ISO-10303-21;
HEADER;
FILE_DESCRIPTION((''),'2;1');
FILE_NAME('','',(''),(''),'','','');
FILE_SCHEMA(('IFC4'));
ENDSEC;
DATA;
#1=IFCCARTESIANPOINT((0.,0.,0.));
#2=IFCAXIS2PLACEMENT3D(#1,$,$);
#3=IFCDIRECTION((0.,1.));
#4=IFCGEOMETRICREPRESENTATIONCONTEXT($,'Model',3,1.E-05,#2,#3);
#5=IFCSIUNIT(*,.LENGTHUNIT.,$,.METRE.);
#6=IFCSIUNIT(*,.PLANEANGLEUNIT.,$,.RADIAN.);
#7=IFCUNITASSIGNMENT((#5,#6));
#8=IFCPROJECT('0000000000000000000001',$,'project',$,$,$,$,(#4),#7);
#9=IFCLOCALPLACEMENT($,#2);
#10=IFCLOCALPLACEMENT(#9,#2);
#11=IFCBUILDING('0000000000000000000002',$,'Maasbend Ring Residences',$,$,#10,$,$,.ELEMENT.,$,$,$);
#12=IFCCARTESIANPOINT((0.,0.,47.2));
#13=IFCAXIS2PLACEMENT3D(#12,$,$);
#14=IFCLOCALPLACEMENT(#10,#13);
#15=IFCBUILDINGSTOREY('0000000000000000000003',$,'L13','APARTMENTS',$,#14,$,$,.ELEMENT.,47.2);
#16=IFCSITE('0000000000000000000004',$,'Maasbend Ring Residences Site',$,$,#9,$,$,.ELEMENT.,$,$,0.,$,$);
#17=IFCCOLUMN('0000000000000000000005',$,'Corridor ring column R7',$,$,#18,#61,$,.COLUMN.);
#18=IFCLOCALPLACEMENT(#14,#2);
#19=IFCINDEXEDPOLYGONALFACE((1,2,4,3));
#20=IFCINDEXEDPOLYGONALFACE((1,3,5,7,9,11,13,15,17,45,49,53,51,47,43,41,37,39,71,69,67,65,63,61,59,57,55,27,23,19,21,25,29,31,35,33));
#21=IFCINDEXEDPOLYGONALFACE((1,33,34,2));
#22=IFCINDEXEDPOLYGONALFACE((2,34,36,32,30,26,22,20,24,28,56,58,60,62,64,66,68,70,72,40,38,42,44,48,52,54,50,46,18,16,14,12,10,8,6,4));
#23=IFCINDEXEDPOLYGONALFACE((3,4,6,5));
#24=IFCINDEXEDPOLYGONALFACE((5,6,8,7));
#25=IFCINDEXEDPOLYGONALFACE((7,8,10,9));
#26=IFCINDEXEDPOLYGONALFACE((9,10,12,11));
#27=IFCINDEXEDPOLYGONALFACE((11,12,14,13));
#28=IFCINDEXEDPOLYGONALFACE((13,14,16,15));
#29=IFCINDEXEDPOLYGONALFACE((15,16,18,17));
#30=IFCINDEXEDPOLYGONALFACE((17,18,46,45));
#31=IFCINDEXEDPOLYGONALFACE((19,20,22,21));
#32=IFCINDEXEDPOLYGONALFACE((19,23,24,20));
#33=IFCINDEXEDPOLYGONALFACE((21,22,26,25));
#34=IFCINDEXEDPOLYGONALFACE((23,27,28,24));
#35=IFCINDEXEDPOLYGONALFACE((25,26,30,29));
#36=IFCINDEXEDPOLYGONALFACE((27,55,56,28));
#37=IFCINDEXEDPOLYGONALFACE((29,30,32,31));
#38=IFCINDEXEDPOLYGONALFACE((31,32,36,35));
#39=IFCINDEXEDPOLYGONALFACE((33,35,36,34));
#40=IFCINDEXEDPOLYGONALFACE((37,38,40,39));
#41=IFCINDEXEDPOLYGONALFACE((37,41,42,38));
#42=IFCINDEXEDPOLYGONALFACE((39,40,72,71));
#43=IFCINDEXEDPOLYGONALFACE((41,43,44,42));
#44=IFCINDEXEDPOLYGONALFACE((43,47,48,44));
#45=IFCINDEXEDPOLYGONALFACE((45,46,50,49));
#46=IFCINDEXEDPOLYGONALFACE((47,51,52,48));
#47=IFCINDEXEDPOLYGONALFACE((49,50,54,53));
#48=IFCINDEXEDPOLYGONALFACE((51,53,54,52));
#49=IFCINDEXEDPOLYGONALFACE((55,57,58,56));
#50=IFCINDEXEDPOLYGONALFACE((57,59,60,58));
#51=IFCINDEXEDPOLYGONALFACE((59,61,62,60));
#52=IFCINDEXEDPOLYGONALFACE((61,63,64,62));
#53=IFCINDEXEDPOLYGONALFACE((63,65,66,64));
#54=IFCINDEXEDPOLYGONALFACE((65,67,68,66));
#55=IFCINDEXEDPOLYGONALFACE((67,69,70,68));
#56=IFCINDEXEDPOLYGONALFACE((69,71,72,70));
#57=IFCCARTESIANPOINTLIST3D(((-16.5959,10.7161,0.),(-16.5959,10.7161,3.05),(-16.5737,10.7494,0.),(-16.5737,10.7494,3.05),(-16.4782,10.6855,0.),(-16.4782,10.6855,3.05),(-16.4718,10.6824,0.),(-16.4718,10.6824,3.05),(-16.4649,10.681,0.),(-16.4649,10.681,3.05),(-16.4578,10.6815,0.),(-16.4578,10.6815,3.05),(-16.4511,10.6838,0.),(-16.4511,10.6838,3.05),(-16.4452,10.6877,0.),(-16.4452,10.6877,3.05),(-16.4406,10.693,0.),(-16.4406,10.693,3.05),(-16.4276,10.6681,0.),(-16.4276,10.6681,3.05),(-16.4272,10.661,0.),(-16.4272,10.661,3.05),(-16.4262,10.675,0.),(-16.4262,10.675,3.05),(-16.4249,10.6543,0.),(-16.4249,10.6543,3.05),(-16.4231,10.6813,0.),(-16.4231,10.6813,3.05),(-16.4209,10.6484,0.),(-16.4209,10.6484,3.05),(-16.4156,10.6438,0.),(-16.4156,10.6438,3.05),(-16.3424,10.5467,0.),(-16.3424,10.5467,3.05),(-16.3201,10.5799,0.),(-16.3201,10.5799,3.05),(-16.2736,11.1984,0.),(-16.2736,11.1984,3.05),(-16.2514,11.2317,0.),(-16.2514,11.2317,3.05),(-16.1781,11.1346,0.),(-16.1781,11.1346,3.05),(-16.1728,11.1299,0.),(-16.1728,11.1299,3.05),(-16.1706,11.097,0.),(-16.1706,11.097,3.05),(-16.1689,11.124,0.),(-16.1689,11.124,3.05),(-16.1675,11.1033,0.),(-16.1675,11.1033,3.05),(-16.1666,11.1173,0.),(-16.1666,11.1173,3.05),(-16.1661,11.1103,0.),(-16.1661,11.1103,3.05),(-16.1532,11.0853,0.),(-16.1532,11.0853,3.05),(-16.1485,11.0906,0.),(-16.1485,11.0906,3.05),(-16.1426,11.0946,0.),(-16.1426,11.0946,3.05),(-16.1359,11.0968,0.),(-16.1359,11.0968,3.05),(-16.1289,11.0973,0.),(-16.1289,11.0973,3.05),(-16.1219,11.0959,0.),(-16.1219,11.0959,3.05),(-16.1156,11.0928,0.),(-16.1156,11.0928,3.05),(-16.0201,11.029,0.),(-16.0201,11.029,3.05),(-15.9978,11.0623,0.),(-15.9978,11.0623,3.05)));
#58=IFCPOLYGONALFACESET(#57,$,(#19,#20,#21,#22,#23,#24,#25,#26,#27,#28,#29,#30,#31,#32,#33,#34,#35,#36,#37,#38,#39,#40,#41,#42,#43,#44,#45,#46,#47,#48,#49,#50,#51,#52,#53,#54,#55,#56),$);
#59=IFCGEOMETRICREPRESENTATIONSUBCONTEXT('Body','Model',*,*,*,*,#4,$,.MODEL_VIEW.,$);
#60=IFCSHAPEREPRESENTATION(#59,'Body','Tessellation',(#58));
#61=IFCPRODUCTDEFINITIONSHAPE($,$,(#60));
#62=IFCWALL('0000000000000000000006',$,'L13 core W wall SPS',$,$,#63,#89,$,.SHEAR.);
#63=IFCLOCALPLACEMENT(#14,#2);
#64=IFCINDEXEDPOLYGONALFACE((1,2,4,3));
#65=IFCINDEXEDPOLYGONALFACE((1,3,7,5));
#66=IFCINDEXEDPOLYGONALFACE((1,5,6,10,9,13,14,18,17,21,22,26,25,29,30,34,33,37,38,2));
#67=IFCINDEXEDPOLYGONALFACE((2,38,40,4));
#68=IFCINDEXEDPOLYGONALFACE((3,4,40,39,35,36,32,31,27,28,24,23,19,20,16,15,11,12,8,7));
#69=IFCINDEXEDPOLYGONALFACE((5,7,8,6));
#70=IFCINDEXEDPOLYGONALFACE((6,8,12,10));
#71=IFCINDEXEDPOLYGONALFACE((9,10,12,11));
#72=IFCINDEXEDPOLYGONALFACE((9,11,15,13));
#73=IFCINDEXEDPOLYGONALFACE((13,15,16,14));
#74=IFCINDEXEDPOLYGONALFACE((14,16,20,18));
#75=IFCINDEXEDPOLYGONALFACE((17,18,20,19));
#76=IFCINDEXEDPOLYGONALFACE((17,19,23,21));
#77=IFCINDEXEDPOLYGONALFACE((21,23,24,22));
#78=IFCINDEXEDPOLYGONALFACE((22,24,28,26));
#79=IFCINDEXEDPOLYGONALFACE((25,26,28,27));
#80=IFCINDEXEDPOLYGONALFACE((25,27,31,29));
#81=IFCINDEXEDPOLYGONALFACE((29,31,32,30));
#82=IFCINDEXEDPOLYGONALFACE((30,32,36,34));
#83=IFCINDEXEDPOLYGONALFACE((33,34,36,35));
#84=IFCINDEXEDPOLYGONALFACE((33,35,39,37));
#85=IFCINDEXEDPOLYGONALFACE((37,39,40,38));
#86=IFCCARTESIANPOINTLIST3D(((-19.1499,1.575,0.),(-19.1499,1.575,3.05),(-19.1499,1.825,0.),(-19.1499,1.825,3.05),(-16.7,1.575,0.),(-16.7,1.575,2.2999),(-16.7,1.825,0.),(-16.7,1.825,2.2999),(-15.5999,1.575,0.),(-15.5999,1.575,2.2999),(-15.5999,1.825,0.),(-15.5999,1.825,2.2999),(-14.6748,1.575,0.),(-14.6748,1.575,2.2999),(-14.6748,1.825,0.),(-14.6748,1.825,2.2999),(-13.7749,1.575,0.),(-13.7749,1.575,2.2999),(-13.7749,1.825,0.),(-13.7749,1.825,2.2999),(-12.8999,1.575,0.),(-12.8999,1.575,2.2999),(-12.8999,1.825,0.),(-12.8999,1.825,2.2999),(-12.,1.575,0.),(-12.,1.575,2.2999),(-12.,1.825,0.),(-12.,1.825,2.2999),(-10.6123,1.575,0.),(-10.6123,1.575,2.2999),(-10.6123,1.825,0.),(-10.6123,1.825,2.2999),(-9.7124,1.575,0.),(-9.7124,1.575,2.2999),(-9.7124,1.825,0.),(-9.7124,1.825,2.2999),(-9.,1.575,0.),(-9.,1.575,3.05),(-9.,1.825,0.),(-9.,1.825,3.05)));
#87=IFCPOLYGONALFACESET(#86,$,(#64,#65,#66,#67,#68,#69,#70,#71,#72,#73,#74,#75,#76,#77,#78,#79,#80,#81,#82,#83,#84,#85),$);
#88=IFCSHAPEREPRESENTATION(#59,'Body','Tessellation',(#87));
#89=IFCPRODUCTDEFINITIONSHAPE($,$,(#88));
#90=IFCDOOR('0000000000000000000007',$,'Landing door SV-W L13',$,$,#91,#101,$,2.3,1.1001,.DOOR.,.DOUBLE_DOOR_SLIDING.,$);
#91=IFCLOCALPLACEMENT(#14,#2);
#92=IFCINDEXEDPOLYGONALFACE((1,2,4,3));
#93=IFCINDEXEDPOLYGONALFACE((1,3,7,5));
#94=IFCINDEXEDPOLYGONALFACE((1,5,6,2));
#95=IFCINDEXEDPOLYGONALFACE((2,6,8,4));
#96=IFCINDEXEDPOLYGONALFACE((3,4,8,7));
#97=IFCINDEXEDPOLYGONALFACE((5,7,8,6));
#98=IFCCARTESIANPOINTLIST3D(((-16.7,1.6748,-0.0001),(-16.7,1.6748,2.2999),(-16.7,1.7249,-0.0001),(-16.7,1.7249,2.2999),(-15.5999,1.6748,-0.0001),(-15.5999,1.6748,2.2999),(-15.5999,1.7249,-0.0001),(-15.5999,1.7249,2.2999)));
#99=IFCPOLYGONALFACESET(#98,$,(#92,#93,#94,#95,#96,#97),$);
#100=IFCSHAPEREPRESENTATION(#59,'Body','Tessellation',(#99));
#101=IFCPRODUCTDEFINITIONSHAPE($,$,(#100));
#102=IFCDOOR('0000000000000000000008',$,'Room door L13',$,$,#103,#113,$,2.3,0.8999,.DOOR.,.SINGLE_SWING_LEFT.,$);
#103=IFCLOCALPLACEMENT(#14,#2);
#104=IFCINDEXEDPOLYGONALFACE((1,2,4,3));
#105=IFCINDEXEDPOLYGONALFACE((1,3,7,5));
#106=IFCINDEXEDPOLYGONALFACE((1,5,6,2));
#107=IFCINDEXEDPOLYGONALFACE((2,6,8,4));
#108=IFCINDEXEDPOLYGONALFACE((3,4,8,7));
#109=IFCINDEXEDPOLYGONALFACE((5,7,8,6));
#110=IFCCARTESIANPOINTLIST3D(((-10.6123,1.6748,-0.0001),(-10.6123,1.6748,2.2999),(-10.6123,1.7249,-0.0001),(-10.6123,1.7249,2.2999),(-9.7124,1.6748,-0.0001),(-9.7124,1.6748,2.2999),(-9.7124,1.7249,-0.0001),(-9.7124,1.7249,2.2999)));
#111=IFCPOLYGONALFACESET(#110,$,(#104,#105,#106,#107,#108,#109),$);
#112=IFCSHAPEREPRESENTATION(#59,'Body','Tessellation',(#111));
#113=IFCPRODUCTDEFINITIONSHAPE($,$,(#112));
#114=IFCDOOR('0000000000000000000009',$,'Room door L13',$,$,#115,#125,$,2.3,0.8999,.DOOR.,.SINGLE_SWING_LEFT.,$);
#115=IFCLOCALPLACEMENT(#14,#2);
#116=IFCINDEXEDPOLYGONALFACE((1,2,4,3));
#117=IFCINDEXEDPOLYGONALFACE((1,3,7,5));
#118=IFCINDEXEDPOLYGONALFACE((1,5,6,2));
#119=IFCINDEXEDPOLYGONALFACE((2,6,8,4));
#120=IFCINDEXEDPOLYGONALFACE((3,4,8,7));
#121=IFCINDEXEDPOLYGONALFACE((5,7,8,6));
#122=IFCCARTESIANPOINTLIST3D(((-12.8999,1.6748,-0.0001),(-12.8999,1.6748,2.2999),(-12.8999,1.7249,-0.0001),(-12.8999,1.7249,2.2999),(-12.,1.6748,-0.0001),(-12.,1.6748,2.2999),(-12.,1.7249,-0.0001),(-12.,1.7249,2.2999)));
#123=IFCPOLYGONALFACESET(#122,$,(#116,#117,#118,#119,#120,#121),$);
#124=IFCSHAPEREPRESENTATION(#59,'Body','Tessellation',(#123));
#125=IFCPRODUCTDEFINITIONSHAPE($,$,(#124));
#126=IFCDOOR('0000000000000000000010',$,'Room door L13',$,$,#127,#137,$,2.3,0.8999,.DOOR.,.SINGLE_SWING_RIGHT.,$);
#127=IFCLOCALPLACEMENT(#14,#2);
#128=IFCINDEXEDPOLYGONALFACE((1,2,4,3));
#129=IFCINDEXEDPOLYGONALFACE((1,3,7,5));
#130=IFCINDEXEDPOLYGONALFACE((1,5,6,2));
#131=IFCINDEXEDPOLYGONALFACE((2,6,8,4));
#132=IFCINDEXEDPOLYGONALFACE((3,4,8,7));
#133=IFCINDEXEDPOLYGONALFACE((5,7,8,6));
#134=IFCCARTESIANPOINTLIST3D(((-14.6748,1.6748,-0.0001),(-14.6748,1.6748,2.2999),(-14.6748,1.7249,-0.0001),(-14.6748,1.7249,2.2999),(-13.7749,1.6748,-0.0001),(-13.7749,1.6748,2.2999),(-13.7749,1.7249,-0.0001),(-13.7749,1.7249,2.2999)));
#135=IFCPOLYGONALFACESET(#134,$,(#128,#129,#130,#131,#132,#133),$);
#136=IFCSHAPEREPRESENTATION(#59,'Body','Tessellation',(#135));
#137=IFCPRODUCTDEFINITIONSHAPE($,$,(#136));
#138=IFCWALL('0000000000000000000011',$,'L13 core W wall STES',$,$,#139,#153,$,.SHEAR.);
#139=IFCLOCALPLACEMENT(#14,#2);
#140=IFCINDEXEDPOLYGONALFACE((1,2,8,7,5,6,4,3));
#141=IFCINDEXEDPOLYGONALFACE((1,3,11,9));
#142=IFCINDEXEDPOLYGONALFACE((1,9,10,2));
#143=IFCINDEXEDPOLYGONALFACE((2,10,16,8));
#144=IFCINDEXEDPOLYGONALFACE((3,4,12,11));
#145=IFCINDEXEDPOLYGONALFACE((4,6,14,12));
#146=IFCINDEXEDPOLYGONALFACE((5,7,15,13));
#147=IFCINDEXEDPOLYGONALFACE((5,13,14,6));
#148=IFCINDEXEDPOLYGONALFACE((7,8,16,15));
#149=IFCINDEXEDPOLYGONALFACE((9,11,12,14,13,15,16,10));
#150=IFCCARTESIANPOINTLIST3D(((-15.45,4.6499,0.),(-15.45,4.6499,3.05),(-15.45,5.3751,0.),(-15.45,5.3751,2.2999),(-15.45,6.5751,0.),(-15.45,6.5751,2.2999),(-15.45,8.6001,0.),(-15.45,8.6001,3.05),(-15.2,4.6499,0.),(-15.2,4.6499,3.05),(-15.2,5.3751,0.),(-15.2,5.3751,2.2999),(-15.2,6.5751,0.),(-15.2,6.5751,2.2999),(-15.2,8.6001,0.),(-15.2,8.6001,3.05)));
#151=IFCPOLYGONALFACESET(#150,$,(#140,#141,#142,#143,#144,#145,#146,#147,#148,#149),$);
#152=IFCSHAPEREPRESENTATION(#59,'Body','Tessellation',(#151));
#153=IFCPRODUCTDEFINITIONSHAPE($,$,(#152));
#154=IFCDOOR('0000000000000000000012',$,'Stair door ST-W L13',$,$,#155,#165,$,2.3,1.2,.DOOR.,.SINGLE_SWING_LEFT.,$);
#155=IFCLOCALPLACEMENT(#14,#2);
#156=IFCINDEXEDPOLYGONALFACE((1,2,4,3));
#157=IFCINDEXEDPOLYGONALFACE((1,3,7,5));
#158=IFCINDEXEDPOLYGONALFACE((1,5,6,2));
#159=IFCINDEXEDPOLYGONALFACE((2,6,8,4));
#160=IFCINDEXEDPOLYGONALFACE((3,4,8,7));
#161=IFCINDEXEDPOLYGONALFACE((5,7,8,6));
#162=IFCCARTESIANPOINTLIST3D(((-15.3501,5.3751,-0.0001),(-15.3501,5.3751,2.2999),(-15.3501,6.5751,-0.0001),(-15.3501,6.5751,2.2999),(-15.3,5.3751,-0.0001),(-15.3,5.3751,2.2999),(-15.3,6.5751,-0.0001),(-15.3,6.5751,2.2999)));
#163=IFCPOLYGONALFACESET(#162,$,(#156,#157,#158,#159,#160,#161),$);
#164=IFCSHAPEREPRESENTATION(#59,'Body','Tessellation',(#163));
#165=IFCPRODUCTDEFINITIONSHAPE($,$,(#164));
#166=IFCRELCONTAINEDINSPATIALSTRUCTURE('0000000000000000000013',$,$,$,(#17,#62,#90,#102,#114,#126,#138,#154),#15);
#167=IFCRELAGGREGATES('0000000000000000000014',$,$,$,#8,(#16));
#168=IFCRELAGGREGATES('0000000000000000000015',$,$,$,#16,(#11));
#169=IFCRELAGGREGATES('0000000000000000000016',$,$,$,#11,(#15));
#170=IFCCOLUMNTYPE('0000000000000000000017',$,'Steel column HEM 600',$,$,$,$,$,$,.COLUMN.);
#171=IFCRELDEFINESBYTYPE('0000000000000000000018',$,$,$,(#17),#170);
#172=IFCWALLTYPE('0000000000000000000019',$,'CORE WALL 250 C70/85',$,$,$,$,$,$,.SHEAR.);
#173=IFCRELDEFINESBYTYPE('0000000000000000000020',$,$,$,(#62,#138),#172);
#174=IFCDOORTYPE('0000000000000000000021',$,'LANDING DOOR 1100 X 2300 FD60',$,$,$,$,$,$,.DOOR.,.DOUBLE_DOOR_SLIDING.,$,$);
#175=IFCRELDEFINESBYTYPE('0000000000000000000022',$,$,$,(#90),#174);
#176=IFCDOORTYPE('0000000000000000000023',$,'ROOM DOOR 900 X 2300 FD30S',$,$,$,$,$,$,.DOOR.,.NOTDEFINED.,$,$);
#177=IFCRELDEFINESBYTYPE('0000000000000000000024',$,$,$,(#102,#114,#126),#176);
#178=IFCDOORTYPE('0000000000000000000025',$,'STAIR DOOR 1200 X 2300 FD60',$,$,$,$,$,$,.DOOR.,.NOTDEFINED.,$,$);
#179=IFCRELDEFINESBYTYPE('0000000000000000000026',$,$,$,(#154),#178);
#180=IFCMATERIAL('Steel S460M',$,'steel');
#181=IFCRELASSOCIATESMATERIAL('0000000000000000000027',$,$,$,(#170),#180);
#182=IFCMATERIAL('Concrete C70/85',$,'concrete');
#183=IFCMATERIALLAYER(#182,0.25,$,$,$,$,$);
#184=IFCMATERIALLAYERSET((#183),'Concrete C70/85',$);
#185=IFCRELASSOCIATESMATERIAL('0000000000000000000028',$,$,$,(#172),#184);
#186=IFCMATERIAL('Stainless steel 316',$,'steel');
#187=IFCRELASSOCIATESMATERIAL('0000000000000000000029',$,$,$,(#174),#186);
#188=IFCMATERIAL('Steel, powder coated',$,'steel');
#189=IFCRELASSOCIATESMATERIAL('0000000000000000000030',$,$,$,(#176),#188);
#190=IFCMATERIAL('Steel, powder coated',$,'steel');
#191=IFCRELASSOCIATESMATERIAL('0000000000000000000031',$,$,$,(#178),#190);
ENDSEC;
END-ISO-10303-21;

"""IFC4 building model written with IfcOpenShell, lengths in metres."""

from ifc_helpers import new_model, si_unit, direction, frame, frame_2d, origin, origin_2d, place, context, subcontext, project, spatial, rectangle, i_section, extrude, material, layer, layer_set, material_profile, profile_set, type_object, element, fill, save


model = new_model("IFC4")

# Units and contexts
model_context = context("Model", 3, precision=1e-05, world=origin(), true_north=direction((0.0, 1.0)))
body_context = subcontext(model_context, "Body", "Model", "MODEL_VIEW")
ifc_project = project(units=[si_unit("LENGTHUNIT", "METRE"), si_unit("PLANEANGLEUNIT", "RADIAN")], contexts=[model_context])

# Site, building, storey
site_placement = place(None, origin())
site = spatial("IfcSite", under=ifc_project, at=site_placement, Name="Maasbend Ring Residences Site", CompositionType="ELEMENT", RefElevation=0.0)
building_placement = place(site_placement, origin())
building = spatial("IfcBuilding", under=site, at=building_placement, Name="Maasbend Ring Residences", CompositionType="ELEMENT")
storey_placement = place(building_placement, frame((0.0, 0.0, 47.2)))
storey = spatial("IfcBuildingStorey", under=building, at=storey_placement, Name="L13", Description="APARTMENTS", CompositionType="ELEMENT", Elevation=47.2)

# Column
ifc_material_1 = material(Name="Steel S460M", Category="steel")
ifc_material_profile = material_profile(ifc_material_1, i_section(OverallWidth=0.3049, OverallDepth=0.6201, WebThickness=0.021, FlangeThickness=0.04, FilletRadius=0.0271, at=origin_2d()), Name="HEM 600")
ifc_profile_set = profile_set([ifc_material_profile], Name="Steel S460M")
column_type = type_object("IfcColumnType", Name="Steel column HEM 600", PredefinedType="COLUMN", material=ifc_profile_set)
column_placement = place(storey_placement, frame((-16.2969, 10.8892, 0.0), z_axis=(0.0, 0.0, 1.0), x_axis=(-0.83147, 0.55557, 0.0)))
element("IfcColumn", 1, at=column_placement, inside=storey, type_object=column_type, Name="Corridor ring column R7", PredefinedType="COLUMN", context=body_context, shape_type="SweptSolid", body=[
    extrude(i_section(OverallWidth=0.3049, OverallDepth=0.6201, WebThickness=0.021, FlangeThickness=0.04, FilletRadius=0.0271, at=origin_2d()), origin(), (0.0, 0.0, 1.0), 3.05),
])

# Wall, openings, doors
ifc_material_2 = material(Name="Concrete C70/85", Category="concrete")
ifc_layer_1 = layer(ifc_material_2, 0.25)
ifc_layer_set_1 = layer_set([ifc_layer_1], Name="Concrete C70/85")
wall_type_1 = type_object("IfcWallType", Name="CORE WALL 250 C70/85", PredefinedType="SHEAR", material=ifc_layer_set_1)
wall_1_placement = place(storey_placement, frame((-19.1499, 1.7, 0.0), z_axis=(0.0, 0.0, 1.0), x_axis=(1.0, 0.0, 0.0)))
wall_1 = element("IfcWall", 2, at=wall_1_placement, inside=storey, type_object=wall_type_1, Name="L13 core W wall SPS", PredefinedType="SHEAR", context=body_context, shape_type="SweptSolid", body=[
    extrude(rectangle(XDim=10.1499, YDim=0.25, at=frame_2d((5.075, 0.0))), origin(), (0.0, 0.0, 1.0), 3.05),
])
opening_1_placement = place(wall_1_placement, frame((2.45, 0.0, 0.0)))
opening_1 = element("IfcOpeningElement", 3, at=opening_1_placement, cuts=wall_1, PredefinedType="OPENING", context=body_context, shape_type="SweptSolid", body=[
    extrude(rectangle(XDim=1.1001, YDim=2.3, at=frame_2d((0.55, 1.1499))), frame((0.0, 0.135, 0.0), z_axis=(0.0, -1.0, 0.0), x_axis=(1.0, 0.0, 0.0)), (0.0, 0.0, 1.0), 0.27),
])
opening_2_placement = place(wall_1_placement, frame((8.5376, 0.0, 0.0)))
opening_2 = element("IfcOpeningElement", 4, at=opening_2_placement, cuts=wall_1, PredefinedType="OPENING", context=body_context, shape_type="SweptSolid", body=[
    extrude(rectangle(XDim=0.8999, YDim=2.3, at=frame_2d((0.45, 1.1499))), frame((0.0, 0.135, 0.0), z_axis=(0.0, -1.0, 0.0), x_axis=(1.0, 0.0, 0.0)), (0.0, 0.0, 1.0), 0.27),
])
opening_3_placement = place(wall_1_placement, frame((6.25, 0.0, 0.0)))
opening_3 = element("IfcOpeningElement", 5, at=opening_3_placement, cuts=wall_1, PredefinedType="OPENING", context=body_context, shape_type="SweptSolid", body=[
    extrude(rectangle(XDim=0.8999, YDim=2.3, at=frame_2d((0.45, 1.1499))), frame((0.0, 0.135, 0.0), z_axis=(0.0, -1.0, 0.0), x_axis=(1.0, 0.0, 0.0)), (0.0, 0.0, 1.0), 0.27),
])
opening_4_placement = place(wall_1_placement, frame((4.4751, 0.0, 0.0)))
opening_4 = element("IfcOpeningElement", 6, at=opening_4_placement, cuts=wall_1, PredefinedType="OPENING", context=body_context, shape_type="SweptSolid", body=[
    extrude(rectangle(XDim=0.8999, YDim=2.3, at=frame_2d((0.45, 1.1499))), frame((0.0, 0.135, 0.0), z_axis=(0.0, -1.0, 0.0), x_axis=(1.0, 0.0, 0.0)), (0.0, 0.0, 1.0), 0.27),
])
ifc_material_3 = material(Name="Stainless steel 316", Category="steel")
door_type_1 = type_object("IfcDoorType", Name="LANDING DOOR 1100 X 2300 FD60", OperationType="DOUBLE_DOOR_SLIDING", PredefinedType="DOOR", material=ifc_material_3)
door_1_placement = place(opening_1_placement, origin())
door_1 = element("IfcDoor", 7, at=door_1_placement, inside=storey, type_object=door_type_1, Name="Landing door SV-W L13", OperationType="DOUBLE_DOOR_SLIDING", OverallHeight=2.3, OverallWidth=1.1001, PredefinedType="DOOR", context=body_context, shape_type="SweptSolid", body=[
    extrude(rectangle(XDim=1.1001, YDim=2.3, at=frame_2d((0.55, 1.1499))), frame((0.0, 0.0249, 0.0), z_axis=(0.0, -1.0, 0.0), x_axis=(1.0, 0.0, 0.0)), (0.0, 0.0, 1.0), 0.05),
])
fill(opening_1, door_1)
ifc_material_4 = material(Name="Steel, powder coated", Category="steel")
door_type_2 = type_object("IfcDoorType", Name="ROOM DOOR 900 X 2300 FD30S", OperationType="NOTDEFINED", PredefinedType="DOOR", material=ifc_material_4)
door_2_placement = place(opening_2_placement, origin())
door_2 = element("IfcDoor", 8, at=door_2_placement, inside=storey, type_object=door_type_2, Name="Room door L13", OperationType="SINGLE_SWING_LEFT", OverallHeight=2.3, OverallWidth=0.8999, PredefinedType="DOOR", context=body_context, shape_type="SweptSolid", body=[
    extrude(rectangle(XDim=0.8999, YDim=2.3, at=frame_2d((0.45, 1.1499))), frame((0.0, 0.0249, 0.0), z_axis=(0.0, -1.0, 0.0), x_axis=(1.0, 0.0, 0.0)), (0.0, 0.0, 1.0), 0.05),
])
fill(opening_2, door_2)
door_3_placement = place(opening_3_placement, origin())
door_3 = element("IfcDoor", 9, at=door_3_placement, inside=storey, type_object=door_type_2, Name="Room door L13", OperationType="SINGLE_SWING_LEFT", OverallHeight=2.3, OverallWidth=0.8999, PredefinedType="DOOR", context=body_context, shape_type="SweptSolid", body=[
    extrude(rectangle(XDim=0.8999, YDim=2.3, at=frame_2d((0.45, 1.1499))), frame((0.0, 0.0249, 0.0), z_axis=(0.0, -1.0, 0.0), x_axis=(1.0, 0.0, 0.0)), (0.0, 0.0, 1.0), 0.05),
])
fill(opening_3, door_3)
door_4_placement = place(opening_4_placement, origin())
door_4 = element("IfcDoor", 10, at=door_4_placement, inside=storey, type_object=door_type_2, Name="Room door L13", OperationType="SINGLE_SWING_RIGHT", OverallHeight=2.3, OverallWidth=0.8999, PredefinedType="DOOR", context=body_context, shape_type="SweptSolid", body=[
    extrude(rectangle(XDim=0.8999, YDim=2.3, at=frame_2d((0.45, 1.1499))), frame((0.0, 0.0249, 0.0), z_axis=(0.0, -1.0, 0.0), x_axis=(1.0, 0.0, 0.0)), (0.0, 0.0, 1.0), 0.05),
])
fill(opening_4, door_4)

# Wall, opening, door
wall_2_placement = place(storey_placement, frame((-15.325, 8.6001, 0.0), z_axis=(0.0, 0.0, 1.0), x_axis=(0.0, -1.0, 0.0)))
wall_2 = element("IfcWall", 11, at=wall_2_placement, inside=storey, type_object=wall_type_1, Name="L13 core W wall STES", PredefinedType="SHEAR", context=body_context, shape_type="SweptSolid", body=[
    extrude(rectangle(XDim=3.9502, YDim=0.25, at=frame_2d((1.9751, 0.0))), origin(), (0.0, 0.0, 1.0), 3.05),
])
opening_5_placement = place(wall_2_placement, frame((2.0249, 0.0, 0.0)))
opening_5 = element("IfcOpeningElement", 12, at=opening_5_placement, cuts=wall_2, PredefinedType="OPENING", context=body_context, shape_type="SweptSolid", body=[
    extrude(rectangle(XDim=1.2, YDim=2.3, at=frame_2d((0.6001, 1.1499))), frame((0.0, 0.135, 0.0), z_axis=(0.0, -1.0, 0.0), x_axis=(1.0, 0.0, 0.0)), (0.0, 0.0, 1.0), 0.27),
])
ifc_material_5 = material(Name="Steel, powder coated", Category="steel")
door_type_3 = type_object("IfcDoorType", Name="STAIR DOOR 1200 X 2300 FD60", OperationType="NOTDEFINED", PredefinedType="DOOR", material=ifc_material_5)
door_5_placement = place(opening_5_placement, origin())
door_5 = element("IfcDoor", 13, at=door_5_placement, inside=storey, type_object=door_type_3, Name="Stair door ST-W L13", OperationType="SINGLE_SWING_LEFT", OverallHeight=2.3, OverallWidth=1.2, PredefinedType="DOOR", context=body_context, shape_type="SweptSolid", body=[
    extrude(rectangle(XDim=1.2, YDim=2.3, at=frame_2d((0.6001, 1.1499))), frame((0.0, 0.0249, 0.0), z_axis=(0.0, -1.0, 0.0), x_axis=(1.0, 0.0, 0.0)), (0.0, 0.0, 1.0), 0.05),
])
fill(opening_5, door_5)

save(model, "model.ifc")
